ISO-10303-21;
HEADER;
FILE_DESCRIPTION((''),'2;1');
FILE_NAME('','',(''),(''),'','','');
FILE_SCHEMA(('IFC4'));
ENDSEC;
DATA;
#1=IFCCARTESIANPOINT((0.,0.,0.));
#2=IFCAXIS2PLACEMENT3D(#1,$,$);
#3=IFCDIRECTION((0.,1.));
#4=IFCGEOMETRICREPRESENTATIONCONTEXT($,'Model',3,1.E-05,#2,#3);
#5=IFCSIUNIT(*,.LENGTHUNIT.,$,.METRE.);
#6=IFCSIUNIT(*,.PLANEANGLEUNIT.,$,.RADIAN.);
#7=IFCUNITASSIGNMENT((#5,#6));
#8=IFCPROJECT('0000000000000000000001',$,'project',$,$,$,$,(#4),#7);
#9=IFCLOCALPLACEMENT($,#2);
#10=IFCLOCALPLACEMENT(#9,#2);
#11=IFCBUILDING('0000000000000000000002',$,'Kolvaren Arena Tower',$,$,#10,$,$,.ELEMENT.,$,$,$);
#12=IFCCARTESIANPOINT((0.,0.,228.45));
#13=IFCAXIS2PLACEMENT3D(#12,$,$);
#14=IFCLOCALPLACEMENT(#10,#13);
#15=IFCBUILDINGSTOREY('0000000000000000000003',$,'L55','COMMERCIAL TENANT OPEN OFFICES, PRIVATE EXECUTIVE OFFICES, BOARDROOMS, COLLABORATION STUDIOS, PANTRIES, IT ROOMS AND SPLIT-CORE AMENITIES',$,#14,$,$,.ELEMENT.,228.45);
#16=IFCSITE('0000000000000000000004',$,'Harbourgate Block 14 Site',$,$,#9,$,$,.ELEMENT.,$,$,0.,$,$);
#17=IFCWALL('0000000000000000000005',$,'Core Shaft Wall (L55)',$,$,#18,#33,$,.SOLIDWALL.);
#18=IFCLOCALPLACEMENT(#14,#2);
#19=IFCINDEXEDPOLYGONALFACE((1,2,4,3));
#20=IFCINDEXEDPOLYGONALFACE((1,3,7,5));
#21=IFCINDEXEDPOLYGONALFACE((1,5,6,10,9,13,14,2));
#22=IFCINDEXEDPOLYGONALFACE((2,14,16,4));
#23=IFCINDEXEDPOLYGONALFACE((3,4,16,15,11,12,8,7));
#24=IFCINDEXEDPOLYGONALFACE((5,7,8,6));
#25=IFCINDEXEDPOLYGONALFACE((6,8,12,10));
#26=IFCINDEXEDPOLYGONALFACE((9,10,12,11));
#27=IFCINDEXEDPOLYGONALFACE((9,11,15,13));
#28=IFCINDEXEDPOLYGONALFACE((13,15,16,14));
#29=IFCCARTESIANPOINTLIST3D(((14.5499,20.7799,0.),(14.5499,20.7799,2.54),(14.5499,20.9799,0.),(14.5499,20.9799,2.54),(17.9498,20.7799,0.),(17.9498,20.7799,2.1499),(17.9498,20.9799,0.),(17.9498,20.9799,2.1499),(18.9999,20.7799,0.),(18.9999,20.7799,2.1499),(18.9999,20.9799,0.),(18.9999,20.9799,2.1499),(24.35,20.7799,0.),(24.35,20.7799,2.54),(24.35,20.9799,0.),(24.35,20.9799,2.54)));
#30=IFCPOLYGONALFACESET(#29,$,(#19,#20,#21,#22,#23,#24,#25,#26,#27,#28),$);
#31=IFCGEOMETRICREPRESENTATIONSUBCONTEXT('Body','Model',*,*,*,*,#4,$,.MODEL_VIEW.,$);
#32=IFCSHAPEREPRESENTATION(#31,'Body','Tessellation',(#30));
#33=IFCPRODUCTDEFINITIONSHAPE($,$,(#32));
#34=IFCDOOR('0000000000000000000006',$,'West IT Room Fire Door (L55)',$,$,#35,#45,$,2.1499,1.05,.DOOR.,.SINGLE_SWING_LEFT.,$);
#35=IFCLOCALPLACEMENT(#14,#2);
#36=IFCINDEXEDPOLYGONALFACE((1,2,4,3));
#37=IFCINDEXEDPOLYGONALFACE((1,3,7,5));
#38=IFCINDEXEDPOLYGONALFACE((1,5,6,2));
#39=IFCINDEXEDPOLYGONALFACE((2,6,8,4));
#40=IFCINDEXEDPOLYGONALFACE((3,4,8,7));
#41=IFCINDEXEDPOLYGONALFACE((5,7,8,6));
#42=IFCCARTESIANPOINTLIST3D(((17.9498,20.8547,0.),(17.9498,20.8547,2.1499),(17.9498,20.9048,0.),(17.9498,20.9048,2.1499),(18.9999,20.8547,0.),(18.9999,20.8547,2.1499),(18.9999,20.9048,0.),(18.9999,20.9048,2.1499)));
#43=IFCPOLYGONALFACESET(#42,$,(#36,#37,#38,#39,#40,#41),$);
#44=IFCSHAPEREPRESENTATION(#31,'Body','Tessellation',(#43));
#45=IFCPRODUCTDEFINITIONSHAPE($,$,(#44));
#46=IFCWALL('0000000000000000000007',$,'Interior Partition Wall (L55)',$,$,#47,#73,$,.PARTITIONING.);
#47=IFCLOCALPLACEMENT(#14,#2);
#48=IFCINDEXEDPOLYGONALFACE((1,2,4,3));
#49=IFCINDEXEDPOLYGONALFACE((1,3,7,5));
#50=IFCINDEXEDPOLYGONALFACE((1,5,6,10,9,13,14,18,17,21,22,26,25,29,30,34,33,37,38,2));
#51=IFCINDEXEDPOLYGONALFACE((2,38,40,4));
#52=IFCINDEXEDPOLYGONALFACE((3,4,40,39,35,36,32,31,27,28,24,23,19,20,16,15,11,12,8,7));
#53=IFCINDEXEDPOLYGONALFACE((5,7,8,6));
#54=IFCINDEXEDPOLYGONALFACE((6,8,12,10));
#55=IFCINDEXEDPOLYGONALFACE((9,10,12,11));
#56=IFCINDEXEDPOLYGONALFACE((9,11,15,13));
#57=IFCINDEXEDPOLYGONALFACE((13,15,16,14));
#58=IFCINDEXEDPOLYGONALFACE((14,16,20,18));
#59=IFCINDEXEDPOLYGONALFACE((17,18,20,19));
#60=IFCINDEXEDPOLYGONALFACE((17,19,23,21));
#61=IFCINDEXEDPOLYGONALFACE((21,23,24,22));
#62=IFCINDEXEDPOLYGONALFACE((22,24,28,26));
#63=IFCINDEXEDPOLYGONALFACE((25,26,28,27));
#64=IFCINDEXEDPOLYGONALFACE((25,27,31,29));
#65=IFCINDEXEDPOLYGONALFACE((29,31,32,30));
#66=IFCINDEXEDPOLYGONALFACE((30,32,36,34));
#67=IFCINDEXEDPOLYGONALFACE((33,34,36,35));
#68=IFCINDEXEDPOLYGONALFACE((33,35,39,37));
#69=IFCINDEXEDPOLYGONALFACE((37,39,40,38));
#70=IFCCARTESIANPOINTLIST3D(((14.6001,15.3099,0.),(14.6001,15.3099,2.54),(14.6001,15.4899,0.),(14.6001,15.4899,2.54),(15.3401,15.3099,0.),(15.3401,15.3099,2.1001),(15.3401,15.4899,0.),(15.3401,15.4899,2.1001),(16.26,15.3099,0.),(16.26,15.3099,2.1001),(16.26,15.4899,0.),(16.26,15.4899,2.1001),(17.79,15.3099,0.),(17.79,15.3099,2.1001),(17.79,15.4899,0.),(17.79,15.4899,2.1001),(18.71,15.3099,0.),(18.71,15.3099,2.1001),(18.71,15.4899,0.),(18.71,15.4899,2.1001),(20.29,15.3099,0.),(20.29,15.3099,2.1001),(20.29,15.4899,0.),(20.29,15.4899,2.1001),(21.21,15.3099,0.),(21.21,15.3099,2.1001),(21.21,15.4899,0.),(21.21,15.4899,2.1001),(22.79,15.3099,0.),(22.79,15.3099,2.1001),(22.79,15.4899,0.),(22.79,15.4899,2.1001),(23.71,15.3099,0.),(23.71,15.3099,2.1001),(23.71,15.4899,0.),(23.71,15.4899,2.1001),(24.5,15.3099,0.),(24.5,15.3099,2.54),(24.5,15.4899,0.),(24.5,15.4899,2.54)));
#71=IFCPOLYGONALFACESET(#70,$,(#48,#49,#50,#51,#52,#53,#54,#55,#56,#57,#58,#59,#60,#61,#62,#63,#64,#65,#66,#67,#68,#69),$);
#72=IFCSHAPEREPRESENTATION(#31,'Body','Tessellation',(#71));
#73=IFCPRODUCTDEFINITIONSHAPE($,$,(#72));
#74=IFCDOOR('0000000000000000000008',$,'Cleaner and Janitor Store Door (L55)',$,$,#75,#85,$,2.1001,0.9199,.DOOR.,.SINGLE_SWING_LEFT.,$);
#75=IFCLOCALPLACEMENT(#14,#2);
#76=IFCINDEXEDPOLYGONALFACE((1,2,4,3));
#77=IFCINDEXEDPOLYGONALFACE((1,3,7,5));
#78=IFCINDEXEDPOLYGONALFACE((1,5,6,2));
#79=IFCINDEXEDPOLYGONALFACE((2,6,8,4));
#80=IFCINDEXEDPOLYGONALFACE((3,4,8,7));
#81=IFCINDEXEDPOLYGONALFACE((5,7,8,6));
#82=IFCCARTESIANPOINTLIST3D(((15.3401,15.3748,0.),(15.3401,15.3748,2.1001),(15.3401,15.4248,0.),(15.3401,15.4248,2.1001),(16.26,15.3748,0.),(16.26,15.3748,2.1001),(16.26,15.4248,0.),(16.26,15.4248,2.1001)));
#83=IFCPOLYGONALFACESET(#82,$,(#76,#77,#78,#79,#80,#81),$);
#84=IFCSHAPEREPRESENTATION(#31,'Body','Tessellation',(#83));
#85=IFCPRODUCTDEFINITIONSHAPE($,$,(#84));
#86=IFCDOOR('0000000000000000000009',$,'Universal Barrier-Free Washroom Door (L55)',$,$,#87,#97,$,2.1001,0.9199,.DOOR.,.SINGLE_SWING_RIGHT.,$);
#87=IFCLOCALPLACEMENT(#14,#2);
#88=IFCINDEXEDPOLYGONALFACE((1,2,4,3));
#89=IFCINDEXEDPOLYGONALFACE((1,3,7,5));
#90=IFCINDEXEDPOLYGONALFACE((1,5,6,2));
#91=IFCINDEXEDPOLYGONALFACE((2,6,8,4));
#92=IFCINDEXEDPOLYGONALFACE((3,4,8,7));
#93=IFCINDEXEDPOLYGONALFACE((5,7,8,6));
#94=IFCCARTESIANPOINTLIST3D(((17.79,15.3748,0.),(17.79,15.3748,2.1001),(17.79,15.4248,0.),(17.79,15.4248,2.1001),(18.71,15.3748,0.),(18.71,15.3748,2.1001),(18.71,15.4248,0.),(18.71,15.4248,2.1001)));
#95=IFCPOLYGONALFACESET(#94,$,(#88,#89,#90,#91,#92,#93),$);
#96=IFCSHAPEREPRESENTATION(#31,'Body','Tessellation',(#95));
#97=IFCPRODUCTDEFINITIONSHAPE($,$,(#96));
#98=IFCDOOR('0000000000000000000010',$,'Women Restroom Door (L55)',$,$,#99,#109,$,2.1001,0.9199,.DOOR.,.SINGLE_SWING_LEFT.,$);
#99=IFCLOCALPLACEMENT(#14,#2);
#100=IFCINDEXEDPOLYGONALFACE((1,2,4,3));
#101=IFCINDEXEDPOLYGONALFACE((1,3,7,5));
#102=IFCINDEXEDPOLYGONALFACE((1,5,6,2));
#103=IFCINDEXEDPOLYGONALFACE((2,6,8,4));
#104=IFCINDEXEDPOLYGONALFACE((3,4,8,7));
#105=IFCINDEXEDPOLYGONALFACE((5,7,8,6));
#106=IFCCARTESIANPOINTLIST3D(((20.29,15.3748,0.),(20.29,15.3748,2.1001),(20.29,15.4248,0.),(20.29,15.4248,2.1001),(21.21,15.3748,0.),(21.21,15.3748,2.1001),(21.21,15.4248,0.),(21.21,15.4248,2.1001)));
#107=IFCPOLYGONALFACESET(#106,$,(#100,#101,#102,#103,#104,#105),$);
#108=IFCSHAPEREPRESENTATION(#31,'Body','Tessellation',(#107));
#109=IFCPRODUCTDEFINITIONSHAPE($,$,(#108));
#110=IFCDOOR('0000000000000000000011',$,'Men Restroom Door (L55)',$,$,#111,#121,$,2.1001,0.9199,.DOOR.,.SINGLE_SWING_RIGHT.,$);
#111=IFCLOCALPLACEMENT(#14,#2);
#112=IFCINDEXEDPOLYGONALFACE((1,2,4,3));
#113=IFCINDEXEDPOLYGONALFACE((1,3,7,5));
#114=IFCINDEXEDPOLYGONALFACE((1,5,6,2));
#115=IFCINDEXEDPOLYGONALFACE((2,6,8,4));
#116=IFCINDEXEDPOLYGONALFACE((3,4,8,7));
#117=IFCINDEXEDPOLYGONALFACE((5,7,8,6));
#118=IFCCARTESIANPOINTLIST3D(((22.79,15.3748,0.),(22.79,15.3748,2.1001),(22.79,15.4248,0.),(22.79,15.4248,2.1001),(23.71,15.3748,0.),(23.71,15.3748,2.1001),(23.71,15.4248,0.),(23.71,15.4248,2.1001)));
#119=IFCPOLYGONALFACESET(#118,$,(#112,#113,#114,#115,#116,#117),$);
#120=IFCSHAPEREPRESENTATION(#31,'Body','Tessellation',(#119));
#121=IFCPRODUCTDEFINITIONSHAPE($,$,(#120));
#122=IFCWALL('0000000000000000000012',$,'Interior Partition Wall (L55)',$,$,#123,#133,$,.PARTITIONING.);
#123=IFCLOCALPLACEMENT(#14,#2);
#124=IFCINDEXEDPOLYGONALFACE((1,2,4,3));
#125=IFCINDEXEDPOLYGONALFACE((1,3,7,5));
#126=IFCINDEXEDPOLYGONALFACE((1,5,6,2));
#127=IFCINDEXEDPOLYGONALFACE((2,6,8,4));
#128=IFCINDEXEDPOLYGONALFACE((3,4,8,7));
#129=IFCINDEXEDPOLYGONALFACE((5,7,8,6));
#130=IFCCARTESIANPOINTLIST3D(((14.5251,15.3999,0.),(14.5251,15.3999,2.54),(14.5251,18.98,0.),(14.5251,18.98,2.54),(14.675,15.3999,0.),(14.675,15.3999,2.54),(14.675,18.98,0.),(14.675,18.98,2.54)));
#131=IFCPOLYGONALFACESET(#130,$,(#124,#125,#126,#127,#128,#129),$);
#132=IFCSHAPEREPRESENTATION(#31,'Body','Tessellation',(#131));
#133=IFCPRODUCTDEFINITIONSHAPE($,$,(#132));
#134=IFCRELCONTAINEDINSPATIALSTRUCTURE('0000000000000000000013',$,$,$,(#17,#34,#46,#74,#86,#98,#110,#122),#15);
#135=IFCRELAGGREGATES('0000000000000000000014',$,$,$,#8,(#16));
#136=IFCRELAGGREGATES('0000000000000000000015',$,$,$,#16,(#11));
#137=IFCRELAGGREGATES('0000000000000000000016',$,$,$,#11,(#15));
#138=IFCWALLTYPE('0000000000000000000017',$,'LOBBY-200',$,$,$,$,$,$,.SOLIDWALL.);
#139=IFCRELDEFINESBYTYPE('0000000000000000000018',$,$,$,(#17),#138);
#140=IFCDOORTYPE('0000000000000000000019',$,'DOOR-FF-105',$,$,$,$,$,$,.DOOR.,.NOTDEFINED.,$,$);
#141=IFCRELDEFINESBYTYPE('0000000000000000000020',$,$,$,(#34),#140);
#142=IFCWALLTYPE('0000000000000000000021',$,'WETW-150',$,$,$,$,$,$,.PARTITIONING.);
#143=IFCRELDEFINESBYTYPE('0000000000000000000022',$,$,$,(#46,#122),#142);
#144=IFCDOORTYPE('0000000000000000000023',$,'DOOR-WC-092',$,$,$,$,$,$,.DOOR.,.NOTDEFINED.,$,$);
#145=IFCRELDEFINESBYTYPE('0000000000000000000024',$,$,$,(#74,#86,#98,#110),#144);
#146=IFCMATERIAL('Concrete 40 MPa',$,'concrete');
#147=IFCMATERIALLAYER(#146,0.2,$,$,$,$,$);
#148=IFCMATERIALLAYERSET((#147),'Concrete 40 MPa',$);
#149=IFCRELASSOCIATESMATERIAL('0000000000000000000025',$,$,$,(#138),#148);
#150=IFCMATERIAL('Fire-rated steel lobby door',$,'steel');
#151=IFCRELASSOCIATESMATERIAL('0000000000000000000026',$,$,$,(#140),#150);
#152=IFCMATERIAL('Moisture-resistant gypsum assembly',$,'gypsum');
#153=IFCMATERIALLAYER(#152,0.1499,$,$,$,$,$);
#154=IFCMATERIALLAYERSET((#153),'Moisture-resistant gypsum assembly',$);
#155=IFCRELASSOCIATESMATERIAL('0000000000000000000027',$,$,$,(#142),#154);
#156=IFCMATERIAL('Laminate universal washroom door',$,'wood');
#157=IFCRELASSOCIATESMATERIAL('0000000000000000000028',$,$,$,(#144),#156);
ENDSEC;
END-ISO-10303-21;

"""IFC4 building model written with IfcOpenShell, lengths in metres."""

from ifc_helpers import new_model, si_unit, direction, frame, frame_2d, origin, place, context, subcontext, project, spatial, rectangle, extrude, material, layer, layer_set, type_object, element, fill, save


model = new_model("IFC4")

# Units and contexts
model_context = context("Model", 3, precision=1e-05, world=origin(), true_north=direction((0.0, 1.0)))
body_context = subcontext(model_context, "Body", "Model", "MODEL_VIEW")
ifc_project = project(units=[si_unit("LENGTHUNIT", "METRE"), si_unit("PLANEANGLEUNIT", "RADIAN")], contexts=[model_context])

# Site, building, storey
site_placement = place(None, origin())
site = spatial("IfcSite", under=ifc_project, at=site_placement, Name="Harbourgate Block 14 Site", CompositionType="ELEMENT", RefElevation=0.0)
building_placement = place(site_placement, origin())
building = spatial("IfcBuilding", under=site, at=building_placement, Name="Kolvaren Arena Tower", CompositionType="ELEMENT")
storey_placement = place(building_placement, frame((0.0, 0.0, 228.45)))
storey = spatial("IfcBuildingStorey", under=building, at=storey_placement, Name="L55", Description="COMMERCIAL TENANT OPEN OFFICES, PRIVATE EXECUTIVE OFFICES, BOARDROOMS, COLLABORATION STUDIOS, PANTRIES, IT ROOMS AND SPLIT-CORE AMENITIES", CompositionType="ELEMENT", Elevation=228.45)

# Wall, opening, door
ifc_material_1 = material(Name="Concrete 40 MPa", Category="concrete")
ifc_layer_1 = layer(ifc_material_1, 0.2)
ifc_layer_set_1 = layer_set([ifc_layer_1], Name="Concrete 40 MPa")
wall_type_1 = type_object("IfcWallType", Name="LOBBY-200", PredefinedType="SOLIDWALL", material=ifc_layer_set_1)
wall_1_placement = place(storey_placement, frame((14.55, 20.8799, 0.0), z_axis=(0.0, 0.0, 1.0), x_axis=(1.0, 0.0, 0.0)))
wall_1 = element("IfcWall", 1, at=wall_1_placement, inside=storey, type_object=wall_type_1, Name="Core Shaft Wall (L55)", PredefinedType="SOLIDWALL", context=body_context, shape_type="SweptSolid", body=[
    extrude(rectangle(XDim=9.8, YDim=0.2, at=frame_2d((4.8999, 0.0))), origin(), (0.0, 0.0, 1.0), 2.54),
])
opening_1_placement = place(wall_1_placement, frame((3.3999, 0.0, 0.0)))
opening_1 = element("IfcOpeningElement", 2, at=opening_1_placement, cuts=wall_1, PredefinedType="OPENING", context=body_context, shape_type="SweptSolid", body=[
    extrude(rectangle(XDim=1.05, YDim=2.1499, at=frame_2d((0.5249, 1.075))), frame((0.0, 0.1099, 0.0), z_axis=(0.0, -1.0, 0.0), x_axis=(1.0, 0.0, 0.0)), (0.0, 0.0, 1.0), 0.22),
])
ifc_material_2 = material(Name="Fire-rated steel lobby door", Category="steel")
door_type_1 = type_object("IfcDoorType", Name="DOOR-FF-105", OperationType="NOTDEFINED", PredefinedType="DOOR", material=ifc_material_2)
door_1_placement = place(opening_1_placement, origin())
door_1 = element("IfcDoor", 3, at=door_1_placement, inside=storey, type_object=door_type_1, Name="West IT Room Fire Door (L55)", OperationType="SINGLE_SWING_LEFT", OverallHeight=2.1499, OverallWidth=1.05, PredefinedType="DOOR", context=body_context, shape_type="SweptSolid", body=[
    extrude(rectangle(XDim=1.05, YDim=2.1499, at=frame_2d((0.5249, 1.075))), frame((0.0, 0.0249, 0.0), z_axis=(0.0, -1.0, 0.0), x_axis=(1.0, 0.0, 0.0)), (0.0, 0.0, 1.0), 0.05),
])
fill(opening_1, door_1)

# Wall, openings, doors
ifc_material_3 = material(Name="Moisture-resistant gypsum assembly", Category="gypsum")
ifc_layer_2 = layer(ifc_material_3, 0.1499)
ifc_layer_set_2 = layer_set([ifc_layer_2], Name="Moisture-resistant gypsum assembly")
wall_type_2 = type_object("IfcWallType", Name="WETW-150", PredefinedType="PARTITIONING", material=ifc_layer_set_2)
wall_2_placement = place(storey_placement, frame((14.6001, 15.3999, 0.0), z_axis=(0.0, 0.0, 1.0), x_axis=(1.0, 0.0, 0.0)))
wall_2 = element("IfcWall", 4, at=wall_2_placement, inside=storey, type_object=wall_type_2, Name="Interior Partition Wall (L55)", PredefinedType="PARTITIONING", context=body_context, shape_type="SweptSolid", body=[
    extrude(rectangle(XDim=9.8999, YDim=0.1799, at=frame_2d((4.95, 0.0))), origin(), (0.0, 0.0, 1.0), 2.54),
])
opening_2_placement = place(wall_2_placement, frame((0.74, 0.0, 0.0)))
opening_2 = element("IfcOpeningElement", 5, at=opening_2_placement, cuts=wall_2, PredefinedType="OPENING", context=body_context, shape_type="SweptSolid", body=[
    extrude(rectangle(XDim=0.9199, YDim=2.1001, at=frame_2d((0.46, 1.05))), frame((0.0, 0.0999, 0.0), z_axis=(0.0, -1.0, 0.0), x_axis=(1.0, 0.0, 0.0)), (0.0, 0.0, 1.0), 0.2),
])
opening_3_placement = place(wall_2_placement, frame((3.1899, 0.0, 0.0)))
opening_3 = element("IfcOpeningElement", 6, at=opening_3_placement, cuts=wall_2, PredefinedType="OPENING", context=body_context, shape_type="SweptSolid", body=[
    extrude(rectangle(XDim=0.9199, YDim=2.1001, at=frame_2d((0.46, 1.05))), frame((0.0, 0.0999, 0.0), z_axis=(0.0, -1.0, 0.0), x_axis=(1.0, 0.0, 0.0)), (0.0, 0.0, 1.0), 0.2),
])
opening_4_placement = place(wall_2_placement, frame((5.6899, 0.0, 0.0)))
opening_4 = element("IfcOpeningElement", 7, at=opening_4_placement, cuts=wall_2, PredefinedType="OPENING", context=body_context, shape_type="SweptSolid", body=[
    extrude(rectangle(XDim=0.9199, YDim=2.1001, at=frame_2d((0.46, 1.05))), frame((0.0, 0.0999, 0.0), z_axis=(0.0, -1.0, 0.0), x_axis=(1.0, 0.0, 0.0)), (0.0, 0.0, 1.0), 0.2),
])
opening_5_placement = place(wall_2_placement, frame((8.1899, 0.0, 0.0)))
opening_5 = element("IfcOpeningElement", 8, at=opening_5_placement, cuts=wall_2, PredefinedType="OPENING", context=body_context, shape_type="SweptSolid", body=[
    extrude(rectangle(XDim=0.9199, YDim=2.1001, at=frame_2d((0.46, 1.05))), frame((0.0, 0.0999, 0.0), z_axis=(0.0, -1.0, 0.0), x_axis=(1.0, 0.0, 0.0)), (0.0, 0.0, 1.0), 0.2),
])
ifc_material_4 = material(Name="Laminate universal washroom door", Category="wood")
door_type_2 = type_object("IfcDoorType", Name="DOOR-WC-092", OperationType="NOTDEFINED", PredefinedType="DOOR", material=ifc_material_4)
door_2_placement = place(opening_2_placement, origin())
door_2 = element("IfcDoor", 9, at=door_2_placement, inside=storey, type_object=door_type_2, Name="Cleaner and Janitor Store Door (L55)", OperationType="SINGLE_SWING_LEFT", OverallHeight=2.1001, OverallWidth=0.9199, PredefinedType="DOOR", context=body_context, shape_type="SweptSolid", body=[
    extrude(rectangle(XDim=0.9199, YDim=2.1001, at=frame_2d((0.46, 1.05))), frame((0.0, 0.0249, 0.0), z_axis=(0.0, -1.0, 0.0), x_axis=(1.0, 0.0, 0.0)), (0.0, 0.0, 1.0), 0.05),
])
fill(opening_2, door_2)
door_3_placement = place(opening_3_placement, origin())
door_3 = element("IfcDoor", 10, at=door_3_placement, inside=storey, type_object=door_type_2, Name="Universal Barrier-Free Washroom Door (L55)", OperationType="SINGLE_SWING_RIGHT", OverallHeight=2.1001, OverallWidth=0.9199, PredefinedType="DOOR", context=body_context, shape_type="SweptSolid", body=[
    extrude(rectangle(XDim=0.9199, YDim=2.1001, at=frame_2d((0.46, 1.05))), frame((0.0, 0.0249, 0.0), z_axis=(0.0, -1.0, 0.0), x_axis=(1.0, 0.0, 0.0)), (0.0, 0.0, 1.0), 0.05),
])
fill(opening_3, door_3)
door_4_placement = place(opening_4_placement, origin())
door_4 = element("IfcDoor", 11, at=door_4_placement, inside=storey, type_object=door_type_2, Name="Women Restroom Door (L55)", OperationType="SINGLE_SWING_LEFT", OverallHeight=2.1001, OverallWidth=0.9199, PredefinedType="DOOR", context=body_context, shape_type="SweptSolid", body=[
    extrude(rectangle(XDim=0.9199, YDim=2.1001, at=frame_2d((0.46, 1.05))), frame((0.0, 0.0249, 0.0), z_axis=(0.0, -1.0, 0.0), x_axis=(1.0, 0.0, 0.0)), (0.0, 0.0, 1.0), 0.05),
])
fill(opening_4, door_4)
door_5_placement = place(opening_5_placement, origin())
door_5 = element("IfcDoor", 12, at=door_5_placement, inside=storey, type_object=door_type_2, Name="Men Restroom Door (L55)", OperationType="SINGLE_SWING_RIGHT", OverallHeight=2.1001, OverallWidth=0.9199, PredefinedType="DOOR", context=body_context, shape_type="SweptSolid", body=[
    extrude(rectangle(XDim=0.9199, YDim=2.1001, at=frame_2d((0.46, 1.05))), frame((0.0, 0.0249, 0.0), z_axis=(0.0, -1.0, 0.0), x_axis=(1.0, 0.0, 0.0)), (0.0, 0.0, 1.0), 0.05),
])
fill(opening_5, door_5)

# Wall
wall_3_placement = place(storey_placement, frame((14.6001, 15.3999, 0.0), z_axis=(0.0, 0.0, 1.0), x_axis=(0.0, 1.0, 0.0)))
element("IfcWall", 13, at=wall_3_placement, inside=storey, type_object=wall_type_2, Name="Interior Partition Wall (L55)", PredefinedType="PARTITIONING", context=body_context, shape_type="SweptSolid", body=[
    extrude(rectangle(XDim=3.5801, YDim=0.1499, at=frame_2d((1.79, 0.0))), origin(), (0.0, 0.0, 1.0), 2.54),
])

save(model, "model.ifc")
